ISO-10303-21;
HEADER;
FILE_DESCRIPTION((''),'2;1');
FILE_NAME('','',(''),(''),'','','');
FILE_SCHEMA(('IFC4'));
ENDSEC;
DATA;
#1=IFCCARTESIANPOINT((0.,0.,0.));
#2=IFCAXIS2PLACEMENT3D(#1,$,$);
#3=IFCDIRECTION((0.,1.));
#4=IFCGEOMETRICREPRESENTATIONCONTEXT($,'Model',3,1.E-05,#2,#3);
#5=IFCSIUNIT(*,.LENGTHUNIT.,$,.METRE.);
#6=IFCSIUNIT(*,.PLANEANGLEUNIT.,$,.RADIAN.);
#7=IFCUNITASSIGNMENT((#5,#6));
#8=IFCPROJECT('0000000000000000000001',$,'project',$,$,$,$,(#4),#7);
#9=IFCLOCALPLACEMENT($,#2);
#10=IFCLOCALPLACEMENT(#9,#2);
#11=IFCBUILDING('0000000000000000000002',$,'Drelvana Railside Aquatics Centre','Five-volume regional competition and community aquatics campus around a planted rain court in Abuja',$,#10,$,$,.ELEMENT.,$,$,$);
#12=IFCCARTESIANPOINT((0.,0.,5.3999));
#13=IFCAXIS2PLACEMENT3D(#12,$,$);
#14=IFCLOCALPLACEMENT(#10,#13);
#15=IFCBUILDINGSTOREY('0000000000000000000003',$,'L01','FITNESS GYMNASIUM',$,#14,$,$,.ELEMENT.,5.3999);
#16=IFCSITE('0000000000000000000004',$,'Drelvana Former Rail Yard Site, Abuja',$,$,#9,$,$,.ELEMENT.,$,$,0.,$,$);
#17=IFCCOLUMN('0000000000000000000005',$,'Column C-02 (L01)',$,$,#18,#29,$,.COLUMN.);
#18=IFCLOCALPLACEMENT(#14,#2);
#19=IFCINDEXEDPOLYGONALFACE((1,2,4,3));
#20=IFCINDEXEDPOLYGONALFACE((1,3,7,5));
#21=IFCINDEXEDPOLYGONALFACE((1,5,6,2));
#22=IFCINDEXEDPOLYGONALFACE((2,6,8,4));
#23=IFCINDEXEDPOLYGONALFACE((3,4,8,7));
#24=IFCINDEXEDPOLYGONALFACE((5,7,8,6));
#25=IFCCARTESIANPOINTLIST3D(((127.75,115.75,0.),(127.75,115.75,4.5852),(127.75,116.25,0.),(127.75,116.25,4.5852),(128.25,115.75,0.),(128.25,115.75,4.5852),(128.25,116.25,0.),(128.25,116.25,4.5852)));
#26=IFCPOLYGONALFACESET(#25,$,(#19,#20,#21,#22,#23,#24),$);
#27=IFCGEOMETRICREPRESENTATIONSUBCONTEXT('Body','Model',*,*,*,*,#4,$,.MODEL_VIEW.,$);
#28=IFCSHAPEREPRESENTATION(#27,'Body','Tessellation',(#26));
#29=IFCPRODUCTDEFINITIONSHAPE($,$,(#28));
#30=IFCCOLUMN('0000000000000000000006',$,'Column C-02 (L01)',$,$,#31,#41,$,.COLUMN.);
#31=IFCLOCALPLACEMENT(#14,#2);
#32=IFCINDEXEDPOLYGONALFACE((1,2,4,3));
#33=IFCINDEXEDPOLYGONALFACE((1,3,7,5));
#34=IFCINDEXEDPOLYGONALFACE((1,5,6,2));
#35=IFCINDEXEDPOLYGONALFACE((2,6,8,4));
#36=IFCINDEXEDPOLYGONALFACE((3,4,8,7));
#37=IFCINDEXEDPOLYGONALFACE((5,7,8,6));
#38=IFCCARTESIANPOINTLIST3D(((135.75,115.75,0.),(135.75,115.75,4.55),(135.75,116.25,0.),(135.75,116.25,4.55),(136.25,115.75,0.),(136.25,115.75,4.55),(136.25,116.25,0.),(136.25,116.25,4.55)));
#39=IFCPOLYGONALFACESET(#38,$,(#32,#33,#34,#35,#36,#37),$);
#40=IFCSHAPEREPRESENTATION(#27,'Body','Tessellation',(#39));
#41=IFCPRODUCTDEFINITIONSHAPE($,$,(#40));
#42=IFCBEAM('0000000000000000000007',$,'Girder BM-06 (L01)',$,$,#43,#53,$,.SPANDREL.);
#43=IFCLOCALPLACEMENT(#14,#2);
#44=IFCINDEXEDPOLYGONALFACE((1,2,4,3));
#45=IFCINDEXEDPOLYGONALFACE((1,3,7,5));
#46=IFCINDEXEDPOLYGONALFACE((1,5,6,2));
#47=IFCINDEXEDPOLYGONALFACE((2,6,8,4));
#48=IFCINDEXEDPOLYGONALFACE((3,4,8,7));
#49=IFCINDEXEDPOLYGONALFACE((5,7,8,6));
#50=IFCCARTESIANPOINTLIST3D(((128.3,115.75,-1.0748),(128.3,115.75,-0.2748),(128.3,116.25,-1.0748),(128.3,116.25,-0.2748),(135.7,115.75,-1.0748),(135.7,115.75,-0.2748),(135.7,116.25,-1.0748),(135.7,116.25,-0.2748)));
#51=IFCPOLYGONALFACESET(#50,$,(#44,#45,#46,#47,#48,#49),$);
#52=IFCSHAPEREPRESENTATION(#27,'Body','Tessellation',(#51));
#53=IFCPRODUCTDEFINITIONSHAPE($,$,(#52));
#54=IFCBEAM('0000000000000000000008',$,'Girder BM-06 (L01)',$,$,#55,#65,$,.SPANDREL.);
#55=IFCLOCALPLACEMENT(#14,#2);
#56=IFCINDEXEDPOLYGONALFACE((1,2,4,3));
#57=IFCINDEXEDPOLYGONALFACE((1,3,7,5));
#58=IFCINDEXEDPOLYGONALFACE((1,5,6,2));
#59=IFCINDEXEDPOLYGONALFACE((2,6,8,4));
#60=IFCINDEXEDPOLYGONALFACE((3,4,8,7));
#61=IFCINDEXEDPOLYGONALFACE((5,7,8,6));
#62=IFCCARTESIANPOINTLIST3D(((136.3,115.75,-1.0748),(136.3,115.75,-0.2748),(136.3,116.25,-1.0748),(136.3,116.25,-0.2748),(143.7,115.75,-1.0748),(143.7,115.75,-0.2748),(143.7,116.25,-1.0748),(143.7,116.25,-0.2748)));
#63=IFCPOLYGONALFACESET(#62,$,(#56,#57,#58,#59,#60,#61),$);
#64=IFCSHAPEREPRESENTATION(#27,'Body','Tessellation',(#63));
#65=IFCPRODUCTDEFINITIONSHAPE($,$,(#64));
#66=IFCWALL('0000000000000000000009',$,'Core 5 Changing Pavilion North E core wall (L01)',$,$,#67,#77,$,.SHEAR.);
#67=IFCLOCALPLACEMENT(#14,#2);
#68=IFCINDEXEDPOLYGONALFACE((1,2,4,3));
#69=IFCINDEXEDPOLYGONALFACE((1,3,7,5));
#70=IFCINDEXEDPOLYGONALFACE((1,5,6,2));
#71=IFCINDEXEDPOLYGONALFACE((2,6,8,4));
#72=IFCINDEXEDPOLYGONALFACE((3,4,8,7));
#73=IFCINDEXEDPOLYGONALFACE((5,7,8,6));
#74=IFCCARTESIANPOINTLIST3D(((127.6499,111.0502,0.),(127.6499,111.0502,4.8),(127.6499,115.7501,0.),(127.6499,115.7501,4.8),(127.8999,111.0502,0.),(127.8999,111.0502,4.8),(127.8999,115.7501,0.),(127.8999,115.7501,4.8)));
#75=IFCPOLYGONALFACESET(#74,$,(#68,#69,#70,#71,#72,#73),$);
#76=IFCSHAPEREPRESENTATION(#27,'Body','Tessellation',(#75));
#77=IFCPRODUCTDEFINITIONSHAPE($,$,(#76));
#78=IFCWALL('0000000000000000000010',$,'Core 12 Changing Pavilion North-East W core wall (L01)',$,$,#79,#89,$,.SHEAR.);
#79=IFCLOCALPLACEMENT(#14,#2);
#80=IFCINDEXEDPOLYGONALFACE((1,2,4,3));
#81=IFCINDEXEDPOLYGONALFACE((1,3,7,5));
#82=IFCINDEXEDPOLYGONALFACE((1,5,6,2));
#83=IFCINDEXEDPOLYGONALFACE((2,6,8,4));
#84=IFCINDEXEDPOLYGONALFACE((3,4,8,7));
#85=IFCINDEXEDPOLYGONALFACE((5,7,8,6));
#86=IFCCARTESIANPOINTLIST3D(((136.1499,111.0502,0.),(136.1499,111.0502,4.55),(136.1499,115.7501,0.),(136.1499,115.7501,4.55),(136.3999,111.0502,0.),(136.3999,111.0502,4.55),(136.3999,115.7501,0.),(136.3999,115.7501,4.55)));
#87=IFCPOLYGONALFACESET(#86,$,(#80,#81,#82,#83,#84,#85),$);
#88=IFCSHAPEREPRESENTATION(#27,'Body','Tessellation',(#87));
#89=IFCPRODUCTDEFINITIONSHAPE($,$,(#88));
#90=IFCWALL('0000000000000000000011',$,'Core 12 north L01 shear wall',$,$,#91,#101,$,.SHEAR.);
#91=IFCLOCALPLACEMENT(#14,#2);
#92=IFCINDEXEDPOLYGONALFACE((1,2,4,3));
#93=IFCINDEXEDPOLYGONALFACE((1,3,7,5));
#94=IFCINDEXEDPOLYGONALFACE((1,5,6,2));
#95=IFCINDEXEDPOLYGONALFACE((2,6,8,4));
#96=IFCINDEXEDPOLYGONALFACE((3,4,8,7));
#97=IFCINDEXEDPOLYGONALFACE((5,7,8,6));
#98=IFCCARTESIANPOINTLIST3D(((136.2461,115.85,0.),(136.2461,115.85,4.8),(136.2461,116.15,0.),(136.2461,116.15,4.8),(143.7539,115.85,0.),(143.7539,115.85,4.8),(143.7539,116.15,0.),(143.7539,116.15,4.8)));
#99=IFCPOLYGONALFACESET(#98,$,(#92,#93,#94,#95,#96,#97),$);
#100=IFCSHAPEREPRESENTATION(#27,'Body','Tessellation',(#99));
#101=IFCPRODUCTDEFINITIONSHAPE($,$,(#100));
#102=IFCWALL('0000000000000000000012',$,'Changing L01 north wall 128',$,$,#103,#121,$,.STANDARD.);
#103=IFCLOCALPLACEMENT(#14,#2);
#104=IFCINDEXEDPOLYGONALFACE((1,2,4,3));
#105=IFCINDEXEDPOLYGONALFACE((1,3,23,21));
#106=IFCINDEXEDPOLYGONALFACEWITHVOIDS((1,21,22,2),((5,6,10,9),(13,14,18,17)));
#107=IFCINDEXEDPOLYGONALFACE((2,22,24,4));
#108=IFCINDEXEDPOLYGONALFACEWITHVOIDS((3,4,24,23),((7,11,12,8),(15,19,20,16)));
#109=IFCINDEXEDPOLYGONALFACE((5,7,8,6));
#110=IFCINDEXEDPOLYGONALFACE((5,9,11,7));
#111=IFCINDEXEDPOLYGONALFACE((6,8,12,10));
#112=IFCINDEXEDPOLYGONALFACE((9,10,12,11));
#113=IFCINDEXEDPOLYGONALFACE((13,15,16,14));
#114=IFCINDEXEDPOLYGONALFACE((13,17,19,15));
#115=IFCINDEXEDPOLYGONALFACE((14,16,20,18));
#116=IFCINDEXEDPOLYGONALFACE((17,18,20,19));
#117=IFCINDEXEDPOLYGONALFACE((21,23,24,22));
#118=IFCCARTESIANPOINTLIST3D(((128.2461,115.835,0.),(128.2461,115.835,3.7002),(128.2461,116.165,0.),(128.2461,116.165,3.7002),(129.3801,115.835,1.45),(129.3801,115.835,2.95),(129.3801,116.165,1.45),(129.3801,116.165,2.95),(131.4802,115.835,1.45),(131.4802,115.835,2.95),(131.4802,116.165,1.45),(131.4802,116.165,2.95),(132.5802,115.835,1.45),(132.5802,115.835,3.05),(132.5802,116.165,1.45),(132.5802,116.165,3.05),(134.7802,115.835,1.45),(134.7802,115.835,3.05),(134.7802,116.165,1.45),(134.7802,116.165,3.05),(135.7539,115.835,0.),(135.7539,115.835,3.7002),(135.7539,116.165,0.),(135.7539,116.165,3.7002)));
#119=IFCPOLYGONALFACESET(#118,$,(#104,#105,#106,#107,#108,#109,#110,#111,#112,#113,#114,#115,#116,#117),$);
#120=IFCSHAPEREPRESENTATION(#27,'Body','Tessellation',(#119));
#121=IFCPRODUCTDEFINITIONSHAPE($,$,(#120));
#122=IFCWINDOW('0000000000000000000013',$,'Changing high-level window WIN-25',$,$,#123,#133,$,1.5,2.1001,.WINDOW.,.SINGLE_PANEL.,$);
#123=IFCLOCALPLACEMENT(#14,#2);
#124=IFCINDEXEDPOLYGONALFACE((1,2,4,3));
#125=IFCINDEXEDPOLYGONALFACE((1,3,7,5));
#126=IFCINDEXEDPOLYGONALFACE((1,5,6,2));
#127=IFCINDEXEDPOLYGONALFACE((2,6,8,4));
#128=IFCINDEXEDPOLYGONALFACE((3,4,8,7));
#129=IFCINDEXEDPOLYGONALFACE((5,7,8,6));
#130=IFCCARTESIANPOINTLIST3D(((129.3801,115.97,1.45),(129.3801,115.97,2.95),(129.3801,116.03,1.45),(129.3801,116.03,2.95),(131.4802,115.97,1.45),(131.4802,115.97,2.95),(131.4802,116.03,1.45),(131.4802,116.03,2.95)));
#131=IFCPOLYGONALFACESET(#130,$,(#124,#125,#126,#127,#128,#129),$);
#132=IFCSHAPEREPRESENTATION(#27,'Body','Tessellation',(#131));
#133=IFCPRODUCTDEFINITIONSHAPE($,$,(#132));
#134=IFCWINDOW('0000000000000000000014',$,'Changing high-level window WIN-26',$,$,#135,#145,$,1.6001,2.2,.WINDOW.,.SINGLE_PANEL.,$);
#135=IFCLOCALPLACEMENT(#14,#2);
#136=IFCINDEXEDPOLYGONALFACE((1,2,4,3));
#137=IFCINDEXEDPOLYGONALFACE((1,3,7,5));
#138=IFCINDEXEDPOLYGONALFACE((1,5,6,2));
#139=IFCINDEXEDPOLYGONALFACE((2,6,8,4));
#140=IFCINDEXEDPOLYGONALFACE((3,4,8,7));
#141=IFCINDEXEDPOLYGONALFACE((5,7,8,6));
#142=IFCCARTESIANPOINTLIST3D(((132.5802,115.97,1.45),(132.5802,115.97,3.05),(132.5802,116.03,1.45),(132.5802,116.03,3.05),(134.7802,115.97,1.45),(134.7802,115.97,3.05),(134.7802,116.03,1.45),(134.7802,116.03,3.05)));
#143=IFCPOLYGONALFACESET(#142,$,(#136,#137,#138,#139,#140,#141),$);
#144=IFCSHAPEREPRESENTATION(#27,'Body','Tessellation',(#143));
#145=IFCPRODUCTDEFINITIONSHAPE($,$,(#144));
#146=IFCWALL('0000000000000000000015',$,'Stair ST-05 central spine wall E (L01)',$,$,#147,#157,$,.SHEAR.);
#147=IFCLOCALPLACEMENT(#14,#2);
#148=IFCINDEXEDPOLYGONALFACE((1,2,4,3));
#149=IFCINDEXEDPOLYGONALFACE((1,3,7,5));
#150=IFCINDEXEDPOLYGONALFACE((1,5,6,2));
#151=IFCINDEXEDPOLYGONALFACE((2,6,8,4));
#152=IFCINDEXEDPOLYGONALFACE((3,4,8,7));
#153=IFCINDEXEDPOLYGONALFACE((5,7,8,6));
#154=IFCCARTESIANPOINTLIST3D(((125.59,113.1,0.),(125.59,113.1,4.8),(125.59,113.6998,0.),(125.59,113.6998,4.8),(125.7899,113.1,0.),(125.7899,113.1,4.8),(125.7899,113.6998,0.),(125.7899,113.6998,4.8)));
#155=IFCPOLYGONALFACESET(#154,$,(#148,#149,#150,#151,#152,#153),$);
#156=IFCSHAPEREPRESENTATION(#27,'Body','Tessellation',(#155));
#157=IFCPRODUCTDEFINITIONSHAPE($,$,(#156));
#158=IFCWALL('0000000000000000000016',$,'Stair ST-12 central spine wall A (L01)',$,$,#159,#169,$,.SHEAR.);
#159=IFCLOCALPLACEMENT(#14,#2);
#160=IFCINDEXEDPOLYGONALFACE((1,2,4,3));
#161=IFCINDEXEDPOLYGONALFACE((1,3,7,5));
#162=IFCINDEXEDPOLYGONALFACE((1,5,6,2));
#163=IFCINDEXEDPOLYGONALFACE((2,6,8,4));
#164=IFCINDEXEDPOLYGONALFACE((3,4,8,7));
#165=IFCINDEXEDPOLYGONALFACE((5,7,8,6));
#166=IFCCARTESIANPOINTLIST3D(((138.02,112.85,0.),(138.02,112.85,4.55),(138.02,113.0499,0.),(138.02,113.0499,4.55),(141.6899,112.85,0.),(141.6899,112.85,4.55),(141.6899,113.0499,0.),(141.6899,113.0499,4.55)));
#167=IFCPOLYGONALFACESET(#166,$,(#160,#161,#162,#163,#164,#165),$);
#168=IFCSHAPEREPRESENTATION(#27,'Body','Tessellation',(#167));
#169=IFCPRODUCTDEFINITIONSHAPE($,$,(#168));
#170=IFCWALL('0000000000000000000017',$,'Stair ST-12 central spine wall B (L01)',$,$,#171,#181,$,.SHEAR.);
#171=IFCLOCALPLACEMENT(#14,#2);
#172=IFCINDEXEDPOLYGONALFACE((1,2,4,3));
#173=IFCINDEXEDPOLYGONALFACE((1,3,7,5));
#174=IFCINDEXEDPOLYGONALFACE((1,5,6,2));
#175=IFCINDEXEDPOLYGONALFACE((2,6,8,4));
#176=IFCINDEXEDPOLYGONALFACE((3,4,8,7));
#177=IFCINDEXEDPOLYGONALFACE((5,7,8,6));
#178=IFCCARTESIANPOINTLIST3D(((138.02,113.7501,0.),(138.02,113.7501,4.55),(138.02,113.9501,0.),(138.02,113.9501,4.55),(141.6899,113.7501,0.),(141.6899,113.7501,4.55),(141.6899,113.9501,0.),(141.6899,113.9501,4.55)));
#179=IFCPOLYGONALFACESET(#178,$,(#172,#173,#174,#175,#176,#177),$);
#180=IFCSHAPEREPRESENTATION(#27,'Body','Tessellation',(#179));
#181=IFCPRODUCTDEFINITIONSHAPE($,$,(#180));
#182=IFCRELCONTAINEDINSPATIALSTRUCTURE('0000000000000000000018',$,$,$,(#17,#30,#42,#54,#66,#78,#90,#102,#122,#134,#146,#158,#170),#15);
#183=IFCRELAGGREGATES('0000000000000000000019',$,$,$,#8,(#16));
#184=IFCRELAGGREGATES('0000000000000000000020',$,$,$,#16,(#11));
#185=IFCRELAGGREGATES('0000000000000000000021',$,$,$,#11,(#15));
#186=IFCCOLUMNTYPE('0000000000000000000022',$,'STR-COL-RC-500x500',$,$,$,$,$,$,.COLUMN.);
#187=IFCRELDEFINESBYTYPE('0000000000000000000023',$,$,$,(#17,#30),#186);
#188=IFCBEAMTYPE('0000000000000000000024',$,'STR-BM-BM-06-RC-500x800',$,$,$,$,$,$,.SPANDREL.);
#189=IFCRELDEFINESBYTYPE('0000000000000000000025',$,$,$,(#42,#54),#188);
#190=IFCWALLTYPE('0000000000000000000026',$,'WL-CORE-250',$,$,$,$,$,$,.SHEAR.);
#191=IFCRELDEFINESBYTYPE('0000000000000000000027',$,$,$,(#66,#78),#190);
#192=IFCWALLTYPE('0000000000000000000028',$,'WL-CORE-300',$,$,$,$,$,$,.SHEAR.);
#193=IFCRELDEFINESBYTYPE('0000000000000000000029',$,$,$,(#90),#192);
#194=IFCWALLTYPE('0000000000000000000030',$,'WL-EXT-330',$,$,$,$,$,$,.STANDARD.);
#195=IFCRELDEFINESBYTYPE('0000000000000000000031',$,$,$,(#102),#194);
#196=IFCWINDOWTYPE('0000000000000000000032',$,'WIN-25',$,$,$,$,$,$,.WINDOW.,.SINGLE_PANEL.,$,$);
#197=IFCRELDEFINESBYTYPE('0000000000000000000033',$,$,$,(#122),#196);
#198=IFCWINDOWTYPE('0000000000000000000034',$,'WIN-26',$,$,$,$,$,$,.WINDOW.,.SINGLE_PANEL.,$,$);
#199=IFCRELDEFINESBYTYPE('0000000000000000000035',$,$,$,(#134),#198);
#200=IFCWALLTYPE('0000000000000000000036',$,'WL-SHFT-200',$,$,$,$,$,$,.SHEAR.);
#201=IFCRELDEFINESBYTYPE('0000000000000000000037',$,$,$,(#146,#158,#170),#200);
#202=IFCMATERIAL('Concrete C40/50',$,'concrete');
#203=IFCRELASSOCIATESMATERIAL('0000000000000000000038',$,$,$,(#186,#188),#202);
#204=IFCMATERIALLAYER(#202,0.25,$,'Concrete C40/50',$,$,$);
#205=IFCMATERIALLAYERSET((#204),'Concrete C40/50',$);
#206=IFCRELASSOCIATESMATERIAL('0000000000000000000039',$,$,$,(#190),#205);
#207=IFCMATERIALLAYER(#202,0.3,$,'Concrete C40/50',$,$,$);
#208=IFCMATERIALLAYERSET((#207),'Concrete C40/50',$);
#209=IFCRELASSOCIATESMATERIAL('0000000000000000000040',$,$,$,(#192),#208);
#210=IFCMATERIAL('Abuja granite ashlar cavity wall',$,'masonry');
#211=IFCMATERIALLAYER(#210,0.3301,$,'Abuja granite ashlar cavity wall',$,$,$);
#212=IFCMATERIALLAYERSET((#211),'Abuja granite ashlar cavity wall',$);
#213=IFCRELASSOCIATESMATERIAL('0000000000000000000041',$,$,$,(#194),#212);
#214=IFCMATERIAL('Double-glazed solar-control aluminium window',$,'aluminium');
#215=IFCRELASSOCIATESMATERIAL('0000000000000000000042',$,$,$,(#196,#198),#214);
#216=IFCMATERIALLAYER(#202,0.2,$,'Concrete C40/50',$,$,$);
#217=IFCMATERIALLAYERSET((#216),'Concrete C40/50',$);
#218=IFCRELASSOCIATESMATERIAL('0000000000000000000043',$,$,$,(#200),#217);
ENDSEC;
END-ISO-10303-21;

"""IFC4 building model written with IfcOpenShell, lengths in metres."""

from ifc_helpers import new_model, si_unit, direction, frame, frame_2d, origin, origin_2d, place, context, subcontext, project, spatial, rectangle, extrude, material, layer, layer_set, material_profile, profile_set, type_object, element, fill, save


model = new_model("IFC4")

# Units and contexts
model_context = context("Model", 3, precision=1e-05, world=origin(), true_north=direction((0.0, 1.0)))
body_context = subcontext(model_context, "Body", "Model", "MODEL_VIEW")
ifc_project = project(units=[si_unit("LENGTHUNIT", "METRE"), si_unit("PLANEANGLEUNIT", "RADIAN")], contexts=[model_context])

# Site, building, storey
site_placement = place(None, origin())
site = spatial("IfcSite", under=ifc_project, at=site_placement, Name="Drelvana Former Rail Yard Site, Abuja", CompositionType="ELEMENT", RefElevation=0.0)
building_placement = place(site_placement, origin())
building = spatial("IfcBuilding", under=site, at=building_placement, Name="Drelvana Railside Aquatics Centre", Description="Five-volume regional competition and community aquatics campus around a planted rain court in Abuja", CompositionType="ELEMENT")
storey_placement = place(building_placement, frame((0.0, 0.0, 5.3999)))
storey = spatial("IfcBuildingStorey", under=building, at=storey_placement, Name="L01", Description="FITNESS GYMNASIUM", CompositionType="ELEMENT", Elevation=5.3999)

# Columns
ifc_material_1 = material(Name="Concrete C40/50", Category="concrete")
ifc_material_profile_1 = material_profile(ifc_material_1, rectangle(XDim=0.5, YDim=0.5, at=origin_2d()), Name="RC 500x500")
ifc_profile_set_1 = profile_set([ifc_material_profile_1], Name="Concrete C40/50")
column_type = type_object("IfcColumnType", Name="STR-COL-RC-500x500", PredefinedType="COLUMN", material=ifc_profile_set_1)
column_1_placement = place(storey_placement, frame((128.0, 116.0, 0.0), z_axis=(0.0, 0.0, 1.0), x_axis=(1.0, 0.0, 0.0)))
element("IfcColumn", 1, at=column_1_placement, inside=storey, type_object=column_type, Name="Column C-02 (L01)", PredefinedType="COLUMN", context=body_context, shape_type="SweptSolid", body=[
    extrude(rectangle(XDim=0.5, YDim=0.5, at=origin_2d()), origin(), (0.0, 0.0, 1.0), 4.5852),
])
column_2_placement = place(storey_placement, frame((136.0, 116.0, 0.0), z_axis=(0.0, 0.0, 1.0), x_axis=(1.0, 0.0, 0.0)))
element("IfcColumn", 2, at=column_2_placement, inside=storey, type_object=column_type, Name="Column C-02 (L01)", PredefinedType="COLUMN", context=body_context, shape_type="SweptSolid", body=[
    extrude(rectangle(XDim=0.5, YDim=0.5, at=origin_2d()), origin(), (0.0, 0.0, 1.0), 4.55),
])

# Beams
ifc_material_profile_2 = material_profile(ifc_material_1, rectangle(XDim=0.5, YDim=0.8, at=origin_2d()), Name="RC 500x800")
ifc_profile_set_2 = profile_set([ifc_material_profile_2], Name="Concrete C40/50")
beam_type = type_object("IfcBeamType", Name="STR-BM-BM-06-RC-500x800", PredefinedType="SPANDREL", material=ifc_profile_set_2)
for number, where, z_axis, x_axis, name in (
    (3, (128.3, 116.0, -0.6748), (1.0, 0.0, 0.0), (0.0, 1.0, 0.0), "Girder BM-06 (L01)"),
    (4, (136.3, 116.0, -0.6748), (1.0, 0.0, 0.0), (0.0, 1.0, 0.0), "Girder BM-06 (L01)"),
):
    element("IfcBeam", number, at=place(storey_placement, frame(where, z_axis=z_axis, x_axis=x_axis)), inside=storey, type_object=beam_type, Name=name, PredefinedType="SPANDREL", context=body_context, shape_type="SweptSolid", body=[
        extrude(rectangle(XDim=0.5, YDim=0.8, at=origin_2d()), origin(), (0.0, 0.0, 1.0), 7.3999),
    ])

# Walls
ifc_layer_1 = layer(ifc_material_1, 0.25, Name="Concrete C40/50")
ifc_layer_set_1 = layer_set([ifc_layer_1], Name="Concrete C40/50")
wall_type_1 = type_object("IfcWallType", Name="WL-CORE-250", PredefinedType="SHEAR", material=ifc_layer_set_1)
wall_1_placement = place(storey_placement, frame((127.7749, 111.05, 0.0), z_axis=(0.0, 0.0, 1.0), x_axis=(0.0, 1.0, 0.0)))
element("IfcWall", 5, at=wall_1_placement, inside=storey, type_object=wall_type_1, Name="Core 5 Changing Pavilion North E core wall (L01)", PredefinedType="SHEAR", context=body_context, shape_type="SweptSolid", body=[
    extrude(rectangle(XDim=4.7, YDim=0.25, at=frame_2d((2.3501, 0.0))), origin(), (0.0, 0.0, 1.0), 4.8),
])
wall_2_placement = place(storey_placement, frame((136.2749, 111.05, 0.0), z_axis=(0.0, 0.0, 1.0), x_axis=(0.0, 1.0, 0.0)))
element("IfcWall", 6, at=wall_2_placement, inside=storey, type_object=wall_type_1, Name="Core 12 Changing Pavilion North-East W core wall (L01)", PredefinedType="SHEAR", context=body_context, shape_type="SweptSolid", body=[
    extrude(rectangle(XDim=4.7, YDim=0.25, at=frame_2d((2.3501, 0.0))), origin(), (0.0, 0.0, 1.0), 4.55),
])
ifc_layer_2 = layer(ifc_material_1, 0.3, Name="Concrete C40/50")
ifc_layer_set_2 = layer_set([ifc_layer_2], Name="Concrete C40/50")
wall_type_2 = type_object("IfcWallType", Name="WL-CORE-300", PredefinedType="SHEAR", material=ifc_layer_set_2)
wall_3_placement = place(storey_placement, frame((136.2461, 116.0, 0.0), z_axis=(0.0, 0.0, 1.0), x_axis=(1.0, 0.0, 0.0)))
element("IfcWall", 7, at=wall_3_placement, inside=storey, type_object=wall_type_2, Name="Core 12 north L01 shear wall", PredefinedType="SHEAR", context=body_context, shape_type="SweptSolid", body=[
    extrude(rectangle(XDim=7.5078, YDim=0.3, at=frame_2d((3.7539, 0.0))), origin(), (0.0, 0.0, 1.0), 4.8),
])

# Wall, openings, windows
ifc_material_2 = material(Name="Abuja granite ashlar cavity wall", Category="masonry")
ifc_layer_3 = layer(ifc_material_2, 0.3301, Name="Abuja granite ashlar cavity wall")
ifc_layer_set_3 = layer_set([ifc_layer_3], Name="Abuja granite ashlar cavity wall")
wall_type_3 = type_object("IfcWallType", Name="WL-EXT-330", PredefinedType="STANDARD", material=ifc_layer_set_3)
wall_4_placement = place(storey_placement, frame((128.2461, 116.0, 0.0), z_axis=(0.0, 0.0, 1.0), x_axis=(1.0, 0.0, 0.0)))
wall_4 = element("IfcWall", 8, at=wall_4_placement, inside=storey, type_object=wall_type_3, Name="Changing L01 north wall 128", PredefinedType="STANDARD", context=body_context, shape_type="SweptSolid", body=[
    extrude(rectangle(XDim=7.5078, YDim=0.3301, at=frame_2d((3.7539, 0.0))), origin(), (0.0, 0.0, 1.0), 3.7002),
])
opening_1_placement = place(wall_4_placement, frame((1.134, 0.0, 1.45)))
opening_1 = element("IfcOpeningElement", 9, at=opening_1_placement, cuts=wall_4, PredefinedType="OPENING", context=body_context, shape_type="SweptSolid", body=[
    extrude(rectangle(XDim=2.1001, YDim=1.5, at=frame_2d((1.05, 0.75))), frame((0.0, 0.175, 0.0), z_axis=(0.0, -1.0, 0.0), x_axis=(1.0, 0.0, 0.0)), (0.0, 0.0, 1.0), 0.3501),
])
opening_2_placement = place(wall_4_placement, frame((4.334, 0.0, 1.45)))
opening_2 = element("IfcOpeningElement", 10, at=opening_2_placement, cuts=wall_4, PredefinedType="OPENING", context=body_context, shape_type="SweptSolid", body=[
    extrude(rectangle(XDim=2.2, YDim=1.6001, at=frame_2d((1.1001, 0.8))), frame((0.0, 0.175, 0.0), z_axis=(0.0, -1.0, 0.0), x_axis=(1.0, 0.0, 0.0)), (0.0, 0.0, 1.0), 0.3501),
])
ifc_material_3 = material(Name="Double-glazed solar-control aluminium window", Category="aluminium")
window_type_1 = type_object("IfcWindowType", Name="WIN-25", PartitioningType="SINGLE_PANEL", PredefinedType="WINDOW", material=ifc_material_3)
window_1_placement = place(opening_1_placement, origin())
window_1 = element("IfcWindow", 11, at=window_1_placement, inside=storey, type_object=window_type_1, Name="Changing high-level window WIN-25", OverallHeight=1.5, OverallWidth=2.1001, PartitioningType="SINGLE_PANEL", PredefinedType="WINDOW", context=body_context, shape_type="SweptSolid", body=[
    extrude(rectangle(XDim=2.1001, YDim=1.5, at=frame_2d((1.05, 0.75))), frame((0.0, 0.03, 0.0), z_axis=(0.0, -1.0, 0.0), x_axis=(1.0, 0.0, 0.0)), (0.0, 0.0, 1.0), 0.0601),
])
fill(opening_1, window_1)
window_type_2 = type_object("IfcWindowType", Name="WIN-26", PartitioningType="SINGLE_PANEL", PredefinedType="WINDOW", material=ifc_material_3)
window_2_placement = place(opening_2_placement, origin())
window_2 = element("IfcWindow", 12, at=window_2_placement, inside=storey, type_object=window_type_2, Name="Changing high-level window WIN-26", OverallHeight=1.6001, OverallWidth=2.2, PartitioningType="SINGLE_PANEL", PredefinedType="WINDOW", context=body_context, shape_type="SweptSolid", body=[
    extrude(rectangle(XDim=2.2, YDim=1.6001, at=frame_2d((1.1001, 0.8))), frame((0.0, 0.03, 0.0), z_axis=(0.0, -1.0, 0.0), x_axis=(1.0, 0.0, 0.0)), (0.0, 0.0, 1.0), 0.0601),
])
fill(opening_2, window_2)

# Walls
ifc_layer_4 = layer(ifc_material_1, 0.2, Name="Concrete C40/50")
ifc_layer_set_4 = layer_set([ifc_layer_4], Name="Concrete C40/50")
wall_type_4 = type_object("IfcWallType", Name="WL-SHFT-200", PredefinedType="SHEAR", material=ifc_layer_set_4)
wall_5_placement = place(storey_placement, frame((125.6899, 113.1001, 0.0), z_axis=(0.0, 0.0, 1.0), x_axis=(0.0, 1.0, 0.0)))
element("IfcWall", 13, at=wall_5_placement, inside=storey, type_object=wall_type_4, Name="Stair ST-05 central spine wall E (L01)", PredefinedType="SHEAR", context=body_context, shape_type="SweptSolid", body=[
    extrude(rectangle(XDim=0.5999, YDim=0.2, at=frame_2d((0.2998, 0.0))), origin(), (0.0, 0.0, 1.0), 4.8),
])
for number, where, z_axis, x_axis, name in (
    (14, (138.02, 112.95, 0.0), (0.0, 0.0, 1.0), (1.0, 0.0, 0.0), "Stair ST-12 central spine wall A (L01)"),
    (15, (138.02, 113.8501, 0.0), (0.0, 0.0, 1.0), (1.0, 0.0, 0.0), "Stair ST-12 central spine wall B (L01)"),
):
    element("IfcWall", number, at=place(storey_placement, frame(where, z_axis=z_axis, x_axis=x_axis)), inside=storey, type_object=wall_type_4, Name=name, PredefinedType="SHEAR", context=body_context, shape_type="SweptSolid", body=[
        extrude(rectangle(XDim=3.6699, YDim=0.2, at=frame_2d((1.835, 0.0))), origin(), (0.0, 0.0, 1.0), 4.55),
    ])

save(model, "model.ifc")
